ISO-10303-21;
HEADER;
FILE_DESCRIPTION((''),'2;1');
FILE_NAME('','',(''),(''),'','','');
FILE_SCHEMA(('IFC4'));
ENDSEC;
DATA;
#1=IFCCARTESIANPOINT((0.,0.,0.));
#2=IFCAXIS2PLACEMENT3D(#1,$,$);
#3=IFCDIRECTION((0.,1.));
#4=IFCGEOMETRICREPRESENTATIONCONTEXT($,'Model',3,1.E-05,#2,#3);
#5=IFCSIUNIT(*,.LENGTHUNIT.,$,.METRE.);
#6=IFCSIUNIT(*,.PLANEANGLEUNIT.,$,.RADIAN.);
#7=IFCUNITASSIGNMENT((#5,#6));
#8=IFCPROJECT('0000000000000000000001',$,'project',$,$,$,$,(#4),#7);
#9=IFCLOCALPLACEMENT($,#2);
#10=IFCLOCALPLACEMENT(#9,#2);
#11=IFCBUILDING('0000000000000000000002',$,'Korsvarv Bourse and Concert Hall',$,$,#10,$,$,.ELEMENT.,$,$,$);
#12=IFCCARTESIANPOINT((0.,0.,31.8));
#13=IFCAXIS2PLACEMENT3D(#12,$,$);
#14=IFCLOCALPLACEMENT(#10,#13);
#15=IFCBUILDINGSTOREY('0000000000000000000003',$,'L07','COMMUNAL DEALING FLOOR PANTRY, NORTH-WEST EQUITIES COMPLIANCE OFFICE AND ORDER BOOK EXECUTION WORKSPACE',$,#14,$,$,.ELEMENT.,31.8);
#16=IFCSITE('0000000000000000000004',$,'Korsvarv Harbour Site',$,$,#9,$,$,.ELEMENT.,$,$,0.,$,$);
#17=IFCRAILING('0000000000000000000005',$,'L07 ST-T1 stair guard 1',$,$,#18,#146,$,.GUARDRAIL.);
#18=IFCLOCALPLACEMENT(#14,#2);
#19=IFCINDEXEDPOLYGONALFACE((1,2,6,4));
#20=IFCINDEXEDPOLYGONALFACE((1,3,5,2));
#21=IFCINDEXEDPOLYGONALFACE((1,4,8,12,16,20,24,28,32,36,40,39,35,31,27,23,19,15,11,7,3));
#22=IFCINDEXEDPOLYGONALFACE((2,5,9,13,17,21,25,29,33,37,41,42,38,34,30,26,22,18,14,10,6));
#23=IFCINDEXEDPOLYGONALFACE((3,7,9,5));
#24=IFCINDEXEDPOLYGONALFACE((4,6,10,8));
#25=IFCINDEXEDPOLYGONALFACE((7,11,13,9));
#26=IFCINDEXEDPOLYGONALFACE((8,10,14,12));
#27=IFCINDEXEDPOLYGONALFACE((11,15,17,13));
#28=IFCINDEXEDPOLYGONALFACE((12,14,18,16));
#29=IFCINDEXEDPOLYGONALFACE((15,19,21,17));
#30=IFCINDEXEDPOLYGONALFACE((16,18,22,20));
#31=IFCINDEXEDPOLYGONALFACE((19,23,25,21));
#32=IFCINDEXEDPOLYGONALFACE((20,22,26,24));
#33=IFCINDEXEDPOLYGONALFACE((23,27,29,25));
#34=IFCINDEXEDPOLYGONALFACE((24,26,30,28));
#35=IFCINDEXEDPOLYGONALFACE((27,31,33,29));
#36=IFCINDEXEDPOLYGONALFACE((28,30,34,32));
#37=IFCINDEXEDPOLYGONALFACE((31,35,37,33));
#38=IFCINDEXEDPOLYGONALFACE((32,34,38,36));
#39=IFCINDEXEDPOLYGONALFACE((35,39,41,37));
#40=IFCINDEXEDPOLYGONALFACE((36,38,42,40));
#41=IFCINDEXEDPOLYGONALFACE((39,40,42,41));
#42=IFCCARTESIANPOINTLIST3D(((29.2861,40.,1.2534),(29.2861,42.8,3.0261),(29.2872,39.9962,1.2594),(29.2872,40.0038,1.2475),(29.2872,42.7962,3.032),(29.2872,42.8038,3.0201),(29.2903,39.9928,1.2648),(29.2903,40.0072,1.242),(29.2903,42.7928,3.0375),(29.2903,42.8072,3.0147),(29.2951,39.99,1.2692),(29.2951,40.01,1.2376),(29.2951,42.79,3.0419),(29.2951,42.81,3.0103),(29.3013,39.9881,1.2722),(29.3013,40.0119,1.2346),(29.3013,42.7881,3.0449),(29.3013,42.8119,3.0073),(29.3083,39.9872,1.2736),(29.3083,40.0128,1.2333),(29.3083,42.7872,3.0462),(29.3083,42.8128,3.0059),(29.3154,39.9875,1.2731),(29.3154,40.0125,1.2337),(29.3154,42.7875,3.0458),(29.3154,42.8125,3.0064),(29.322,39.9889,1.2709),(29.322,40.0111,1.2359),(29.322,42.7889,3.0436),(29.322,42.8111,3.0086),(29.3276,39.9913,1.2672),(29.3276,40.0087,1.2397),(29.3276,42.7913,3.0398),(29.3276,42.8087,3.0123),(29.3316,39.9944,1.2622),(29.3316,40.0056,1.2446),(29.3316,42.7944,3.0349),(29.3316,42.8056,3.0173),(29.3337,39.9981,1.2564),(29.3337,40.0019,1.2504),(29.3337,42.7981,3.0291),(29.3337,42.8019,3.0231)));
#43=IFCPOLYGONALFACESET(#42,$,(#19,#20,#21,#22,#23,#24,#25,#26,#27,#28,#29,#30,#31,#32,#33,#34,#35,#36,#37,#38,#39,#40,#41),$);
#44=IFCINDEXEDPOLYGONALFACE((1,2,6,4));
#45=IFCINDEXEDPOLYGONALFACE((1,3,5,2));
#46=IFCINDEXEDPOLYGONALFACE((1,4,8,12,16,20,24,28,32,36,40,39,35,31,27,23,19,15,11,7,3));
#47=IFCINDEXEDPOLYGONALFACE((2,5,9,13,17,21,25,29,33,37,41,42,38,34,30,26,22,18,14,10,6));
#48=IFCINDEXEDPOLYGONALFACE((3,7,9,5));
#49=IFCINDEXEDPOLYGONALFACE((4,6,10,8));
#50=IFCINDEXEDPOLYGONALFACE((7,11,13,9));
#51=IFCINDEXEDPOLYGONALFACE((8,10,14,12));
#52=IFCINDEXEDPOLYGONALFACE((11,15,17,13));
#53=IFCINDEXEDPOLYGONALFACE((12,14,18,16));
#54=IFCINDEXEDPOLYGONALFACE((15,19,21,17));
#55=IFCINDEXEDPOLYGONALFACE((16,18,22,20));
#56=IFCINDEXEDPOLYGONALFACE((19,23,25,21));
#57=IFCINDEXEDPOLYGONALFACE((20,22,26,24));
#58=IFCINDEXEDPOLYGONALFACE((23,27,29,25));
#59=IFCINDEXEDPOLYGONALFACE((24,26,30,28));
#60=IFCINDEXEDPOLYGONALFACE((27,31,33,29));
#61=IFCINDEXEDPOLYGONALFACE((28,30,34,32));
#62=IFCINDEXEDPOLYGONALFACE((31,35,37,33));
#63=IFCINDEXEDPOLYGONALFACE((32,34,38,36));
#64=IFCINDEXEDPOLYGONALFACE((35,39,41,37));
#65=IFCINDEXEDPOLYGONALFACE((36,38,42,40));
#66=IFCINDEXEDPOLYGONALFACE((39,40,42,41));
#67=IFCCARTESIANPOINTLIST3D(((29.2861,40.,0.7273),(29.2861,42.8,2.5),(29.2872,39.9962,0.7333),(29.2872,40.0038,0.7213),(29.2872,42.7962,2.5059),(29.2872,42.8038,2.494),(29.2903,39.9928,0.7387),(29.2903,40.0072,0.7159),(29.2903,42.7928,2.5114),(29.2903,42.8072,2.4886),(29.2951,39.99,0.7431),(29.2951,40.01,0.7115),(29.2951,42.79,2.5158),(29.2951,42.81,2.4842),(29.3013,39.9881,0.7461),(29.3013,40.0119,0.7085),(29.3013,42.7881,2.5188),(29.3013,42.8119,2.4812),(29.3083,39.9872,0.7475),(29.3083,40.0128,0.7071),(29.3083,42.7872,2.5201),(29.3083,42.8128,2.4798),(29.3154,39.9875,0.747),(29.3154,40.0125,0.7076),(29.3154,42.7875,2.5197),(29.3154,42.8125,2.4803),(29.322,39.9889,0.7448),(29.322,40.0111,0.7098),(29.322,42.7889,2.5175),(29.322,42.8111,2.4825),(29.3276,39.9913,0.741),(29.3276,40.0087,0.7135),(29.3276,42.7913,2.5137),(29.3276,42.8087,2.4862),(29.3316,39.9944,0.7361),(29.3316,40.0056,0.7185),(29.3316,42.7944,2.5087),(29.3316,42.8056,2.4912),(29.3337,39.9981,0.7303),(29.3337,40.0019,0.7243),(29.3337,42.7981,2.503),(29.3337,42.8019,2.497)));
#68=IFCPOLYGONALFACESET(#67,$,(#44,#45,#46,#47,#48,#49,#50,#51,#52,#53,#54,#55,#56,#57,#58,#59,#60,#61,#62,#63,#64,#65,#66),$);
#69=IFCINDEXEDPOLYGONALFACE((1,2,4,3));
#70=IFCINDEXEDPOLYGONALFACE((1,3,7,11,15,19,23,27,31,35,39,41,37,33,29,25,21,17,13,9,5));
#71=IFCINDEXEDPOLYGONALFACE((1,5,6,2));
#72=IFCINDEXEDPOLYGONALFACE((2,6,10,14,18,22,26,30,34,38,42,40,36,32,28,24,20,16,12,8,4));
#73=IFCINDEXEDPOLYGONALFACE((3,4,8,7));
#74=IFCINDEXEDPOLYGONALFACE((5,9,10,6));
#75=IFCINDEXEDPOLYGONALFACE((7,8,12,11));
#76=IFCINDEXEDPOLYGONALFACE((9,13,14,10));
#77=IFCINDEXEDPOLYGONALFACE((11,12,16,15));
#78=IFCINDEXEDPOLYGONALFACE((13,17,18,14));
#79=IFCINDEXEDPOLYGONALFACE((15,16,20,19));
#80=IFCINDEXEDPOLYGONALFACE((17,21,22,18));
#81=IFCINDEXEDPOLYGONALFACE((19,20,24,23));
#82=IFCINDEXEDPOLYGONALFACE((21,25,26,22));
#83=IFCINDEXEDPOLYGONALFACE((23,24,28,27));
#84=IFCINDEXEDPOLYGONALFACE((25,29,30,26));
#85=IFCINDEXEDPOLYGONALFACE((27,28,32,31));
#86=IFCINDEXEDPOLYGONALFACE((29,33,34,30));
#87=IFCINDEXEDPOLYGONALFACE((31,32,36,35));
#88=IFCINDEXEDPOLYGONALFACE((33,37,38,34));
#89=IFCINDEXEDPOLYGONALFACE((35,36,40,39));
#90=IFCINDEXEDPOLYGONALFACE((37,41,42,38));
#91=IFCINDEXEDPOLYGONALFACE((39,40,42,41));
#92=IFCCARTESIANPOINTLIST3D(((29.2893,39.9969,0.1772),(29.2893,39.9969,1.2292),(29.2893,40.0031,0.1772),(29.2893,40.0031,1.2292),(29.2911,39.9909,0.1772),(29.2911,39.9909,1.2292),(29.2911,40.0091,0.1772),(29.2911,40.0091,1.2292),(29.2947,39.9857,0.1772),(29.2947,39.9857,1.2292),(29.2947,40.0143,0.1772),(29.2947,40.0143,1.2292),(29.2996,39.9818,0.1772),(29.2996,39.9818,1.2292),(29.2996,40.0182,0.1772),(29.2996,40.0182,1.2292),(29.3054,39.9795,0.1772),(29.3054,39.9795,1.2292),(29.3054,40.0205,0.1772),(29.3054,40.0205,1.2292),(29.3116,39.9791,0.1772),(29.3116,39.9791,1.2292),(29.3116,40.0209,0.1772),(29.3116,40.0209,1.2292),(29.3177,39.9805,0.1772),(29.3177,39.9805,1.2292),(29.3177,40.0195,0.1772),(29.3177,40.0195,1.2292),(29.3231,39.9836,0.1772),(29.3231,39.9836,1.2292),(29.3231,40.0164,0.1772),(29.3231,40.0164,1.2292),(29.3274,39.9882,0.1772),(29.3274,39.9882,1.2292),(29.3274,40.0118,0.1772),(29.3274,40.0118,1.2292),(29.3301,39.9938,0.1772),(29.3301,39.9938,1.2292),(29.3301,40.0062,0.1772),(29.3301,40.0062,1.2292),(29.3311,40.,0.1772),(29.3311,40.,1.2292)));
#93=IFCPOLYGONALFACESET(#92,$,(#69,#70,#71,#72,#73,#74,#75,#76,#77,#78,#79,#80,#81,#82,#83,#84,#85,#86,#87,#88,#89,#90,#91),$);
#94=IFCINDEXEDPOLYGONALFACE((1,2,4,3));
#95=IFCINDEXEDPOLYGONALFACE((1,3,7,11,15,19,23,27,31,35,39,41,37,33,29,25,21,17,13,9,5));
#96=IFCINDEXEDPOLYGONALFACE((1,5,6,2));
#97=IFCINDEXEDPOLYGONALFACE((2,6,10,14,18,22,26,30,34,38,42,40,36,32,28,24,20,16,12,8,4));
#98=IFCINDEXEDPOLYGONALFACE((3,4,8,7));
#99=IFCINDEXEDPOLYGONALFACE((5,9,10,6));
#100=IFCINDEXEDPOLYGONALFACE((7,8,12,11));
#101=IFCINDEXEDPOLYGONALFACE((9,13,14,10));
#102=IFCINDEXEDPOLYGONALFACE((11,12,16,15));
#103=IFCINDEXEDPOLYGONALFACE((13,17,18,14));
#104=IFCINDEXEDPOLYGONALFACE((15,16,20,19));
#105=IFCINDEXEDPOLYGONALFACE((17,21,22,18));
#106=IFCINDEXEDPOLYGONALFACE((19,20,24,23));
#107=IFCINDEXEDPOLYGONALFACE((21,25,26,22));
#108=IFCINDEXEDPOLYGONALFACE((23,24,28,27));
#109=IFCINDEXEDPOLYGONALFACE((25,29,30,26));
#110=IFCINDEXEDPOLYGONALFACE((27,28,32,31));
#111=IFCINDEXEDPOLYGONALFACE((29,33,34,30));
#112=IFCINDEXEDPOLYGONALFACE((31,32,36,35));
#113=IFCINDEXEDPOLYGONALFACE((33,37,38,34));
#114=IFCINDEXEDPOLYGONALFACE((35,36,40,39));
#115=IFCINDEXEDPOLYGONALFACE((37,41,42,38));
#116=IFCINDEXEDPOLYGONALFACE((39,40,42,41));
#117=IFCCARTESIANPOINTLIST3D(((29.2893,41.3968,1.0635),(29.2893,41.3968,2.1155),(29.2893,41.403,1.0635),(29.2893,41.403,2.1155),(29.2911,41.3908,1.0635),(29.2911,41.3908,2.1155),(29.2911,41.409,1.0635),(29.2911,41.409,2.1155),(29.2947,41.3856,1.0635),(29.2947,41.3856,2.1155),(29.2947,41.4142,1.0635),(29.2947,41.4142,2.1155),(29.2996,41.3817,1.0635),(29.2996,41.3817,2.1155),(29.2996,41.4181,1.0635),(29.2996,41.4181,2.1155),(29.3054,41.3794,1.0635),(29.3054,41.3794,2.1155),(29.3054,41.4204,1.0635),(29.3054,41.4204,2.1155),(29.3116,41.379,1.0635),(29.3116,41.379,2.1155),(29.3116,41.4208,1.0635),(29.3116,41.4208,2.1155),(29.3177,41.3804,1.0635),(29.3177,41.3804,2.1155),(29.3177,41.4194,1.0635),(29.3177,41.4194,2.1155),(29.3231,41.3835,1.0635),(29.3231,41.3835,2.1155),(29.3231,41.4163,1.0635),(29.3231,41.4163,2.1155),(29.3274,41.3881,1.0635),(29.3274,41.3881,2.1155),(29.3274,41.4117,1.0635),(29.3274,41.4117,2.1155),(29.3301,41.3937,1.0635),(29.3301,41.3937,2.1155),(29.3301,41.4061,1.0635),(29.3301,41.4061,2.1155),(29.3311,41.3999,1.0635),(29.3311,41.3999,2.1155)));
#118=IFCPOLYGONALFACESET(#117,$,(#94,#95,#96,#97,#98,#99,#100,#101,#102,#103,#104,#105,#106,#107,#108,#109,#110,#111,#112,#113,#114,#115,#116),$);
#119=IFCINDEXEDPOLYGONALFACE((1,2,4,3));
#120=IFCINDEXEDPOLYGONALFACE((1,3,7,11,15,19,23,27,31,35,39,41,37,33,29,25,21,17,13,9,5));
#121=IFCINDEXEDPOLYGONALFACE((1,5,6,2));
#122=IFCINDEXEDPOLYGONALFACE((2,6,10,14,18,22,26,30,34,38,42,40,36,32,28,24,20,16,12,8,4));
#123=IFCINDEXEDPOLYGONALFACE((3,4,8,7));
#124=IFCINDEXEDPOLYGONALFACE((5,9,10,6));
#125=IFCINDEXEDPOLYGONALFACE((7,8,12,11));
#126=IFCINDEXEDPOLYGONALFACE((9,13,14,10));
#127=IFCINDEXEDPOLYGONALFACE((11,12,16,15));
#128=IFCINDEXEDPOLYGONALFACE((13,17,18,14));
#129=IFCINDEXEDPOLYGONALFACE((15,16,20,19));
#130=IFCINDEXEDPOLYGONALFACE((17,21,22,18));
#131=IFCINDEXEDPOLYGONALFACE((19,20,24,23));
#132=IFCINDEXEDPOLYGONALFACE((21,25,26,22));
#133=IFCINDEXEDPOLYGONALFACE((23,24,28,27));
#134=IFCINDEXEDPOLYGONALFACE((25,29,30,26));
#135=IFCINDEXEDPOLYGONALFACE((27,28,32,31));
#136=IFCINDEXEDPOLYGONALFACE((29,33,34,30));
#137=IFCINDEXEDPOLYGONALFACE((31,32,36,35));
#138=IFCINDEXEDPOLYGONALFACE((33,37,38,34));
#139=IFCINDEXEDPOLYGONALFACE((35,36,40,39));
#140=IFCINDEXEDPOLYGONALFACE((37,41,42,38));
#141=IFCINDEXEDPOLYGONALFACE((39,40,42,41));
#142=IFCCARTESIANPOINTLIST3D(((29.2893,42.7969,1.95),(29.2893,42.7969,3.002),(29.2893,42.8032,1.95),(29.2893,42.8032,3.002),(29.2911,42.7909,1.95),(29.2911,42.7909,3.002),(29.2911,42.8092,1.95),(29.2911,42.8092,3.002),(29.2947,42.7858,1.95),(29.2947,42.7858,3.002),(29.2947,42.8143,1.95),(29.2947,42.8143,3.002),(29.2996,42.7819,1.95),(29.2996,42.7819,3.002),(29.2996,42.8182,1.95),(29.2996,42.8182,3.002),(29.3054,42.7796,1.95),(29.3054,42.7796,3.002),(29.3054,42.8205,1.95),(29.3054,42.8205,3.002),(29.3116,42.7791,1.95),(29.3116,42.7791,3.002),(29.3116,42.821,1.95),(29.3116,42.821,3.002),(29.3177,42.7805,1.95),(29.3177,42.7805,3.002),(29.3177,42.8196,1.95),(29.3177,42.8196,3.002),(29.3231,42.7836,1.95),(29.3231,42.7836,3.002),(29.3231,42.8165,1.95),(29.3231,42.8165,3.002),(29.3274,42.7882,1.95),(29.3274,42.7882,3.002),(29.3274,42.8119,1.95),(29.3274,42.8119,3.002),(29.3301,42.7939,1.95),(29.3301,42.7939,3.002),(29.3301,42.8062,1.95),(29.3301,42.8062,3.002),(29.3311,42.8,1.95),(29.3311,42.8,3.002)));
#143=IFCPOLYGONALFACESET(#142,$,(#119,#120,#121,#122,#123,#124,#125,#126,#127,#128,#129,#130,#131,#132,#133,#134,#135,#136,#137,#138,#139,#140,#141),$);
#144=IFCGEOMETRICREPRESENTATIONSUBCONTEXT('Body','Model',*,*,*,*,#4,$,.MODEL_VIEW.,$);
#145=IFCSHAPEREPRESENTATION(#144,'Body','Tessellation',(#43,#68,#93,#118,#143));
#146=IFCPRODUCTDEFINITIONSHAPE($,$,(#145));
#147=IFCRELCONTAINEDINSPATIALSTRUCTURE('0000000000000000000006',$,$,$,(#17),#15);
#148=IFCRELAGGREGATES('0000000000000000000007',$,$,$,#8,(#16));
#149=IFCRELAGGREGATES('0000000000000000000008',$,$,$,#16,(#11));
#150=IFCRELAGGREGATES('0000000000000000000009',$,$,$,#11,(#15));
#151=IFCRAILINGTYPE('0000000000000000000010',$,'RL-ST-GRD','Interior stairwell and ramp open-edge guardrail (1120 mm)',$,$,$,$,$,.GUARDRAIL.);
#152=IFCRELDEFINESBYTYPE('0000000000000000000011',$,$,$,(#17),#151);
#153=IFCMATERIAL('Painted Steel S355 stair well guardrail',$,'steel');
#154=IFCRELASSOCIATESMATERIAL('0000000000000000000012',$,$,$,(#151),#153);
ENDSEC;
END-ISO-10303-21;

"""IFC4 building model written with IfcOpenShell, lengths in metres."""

from ifc_helpers import new_model, si_unit, direction, frame, origin, origin_2d, place, context, subcontext, project, spatial, circle, extrude, material, type_object, element, save


model = new_model("IFC4")

# Units and contexts
model_context = context("Model", 3, precision=1e-05, world=origin(), true_north=direction((0.0, 1.0)))
body_context = subcontext(model_context, "Body", "Model", "MODEL_VIEW")
ifc_project = project(units=[si_unit("LENGTHUNIT", "METRE"), si_unit("PLANEANGLEUNIT", "RADIAN")], contexts=[model_context])

# Site, building, storey
site_placement = place(None, origin())
site = spatial("IfcSite", under=ifc_project, at=site_placement, Name="Korsvarv Harbour Site", CompositionType="ELEMENT", RefElevation=0.0)
building_placement = place(site_placement, origin())
building = spatial("IfcBuilding", under=site, at=building_placement, Name="Korsvarv Bourse and Concert Hall", CompositionType="ELEMENT")
storey_placement = place(building_placement, frame((0.0, 0.0, 31.8)))
storey = spatial("IfcBuildingStorey", under=building, at=storey_placement, Name="L07", Description="COMMUNAL DEALING FLOOR PANTRY, NORTH-WEST EQUITIES COMPLIANCE OFFICE AND ORDER BOOK EXECUTION WORKSPACE", CompositionType="ELEMENT", Elevation=31.8)

# Railing
ifc_material_1 = material(Name="Painted Steel S355 stair well guardrail", Category="steel")
railing_type_1 = type_object("IfcRailingType", Name="RL-ST-GRD", Description="Interior stairwell and ramp open-edge guardrail (1120 mm)", PredefinedType="GUARDRAIL", material=ifc_material_1)
railing_1_placement = place(storey_placement, frame((29.3101, 40.0, 0.1772)))
element("IfcRailing", 1, at=railing_1_placement, inside=storey, type_object=railing_type_1, Name="L07 ST-T1 stair guard 1", PredefinedType="GUARDRAIL", context=body_context, shape_type="SweptSolid", body=[
    extrude(circle(Radius=0.0239, at=origin_2d()), frame((0.0, 0.0, 1.0762), z_axis=(0.0, 0.844909, 0.53491), x_axis=(-1.0, 0.0, 0.0)), (0.0, 0.0, 1.0), 3.314),
    extrude(circle(Radius=0.0239, at=origin_2d()), frame((0.0, 0.0, 0.55), z_axis=(0.0, 0.844909, 0.53491), x_axis=(-1.0, 0.0, 0.0)), (0.0, 0.0, 1.0), 3.314),
    extrude(circle(Radius=0.021, at=origin_2d()), origin(), (0.0, 0.0, 1.0), 1.052),
    extrude(circle(Radius=0.021, at=origin_2d()), frame((0.0, 1.3999, 0.8862)), (0.0, 0.0, 1.0), 1.052),
    extrude(circle(Radius=0.021, at=origin_2d()), frame((0.0, 2.8, 1.7727)), (0.0, 0.0, 1.0), 1.052),
])

save(model, "model.ifc")
